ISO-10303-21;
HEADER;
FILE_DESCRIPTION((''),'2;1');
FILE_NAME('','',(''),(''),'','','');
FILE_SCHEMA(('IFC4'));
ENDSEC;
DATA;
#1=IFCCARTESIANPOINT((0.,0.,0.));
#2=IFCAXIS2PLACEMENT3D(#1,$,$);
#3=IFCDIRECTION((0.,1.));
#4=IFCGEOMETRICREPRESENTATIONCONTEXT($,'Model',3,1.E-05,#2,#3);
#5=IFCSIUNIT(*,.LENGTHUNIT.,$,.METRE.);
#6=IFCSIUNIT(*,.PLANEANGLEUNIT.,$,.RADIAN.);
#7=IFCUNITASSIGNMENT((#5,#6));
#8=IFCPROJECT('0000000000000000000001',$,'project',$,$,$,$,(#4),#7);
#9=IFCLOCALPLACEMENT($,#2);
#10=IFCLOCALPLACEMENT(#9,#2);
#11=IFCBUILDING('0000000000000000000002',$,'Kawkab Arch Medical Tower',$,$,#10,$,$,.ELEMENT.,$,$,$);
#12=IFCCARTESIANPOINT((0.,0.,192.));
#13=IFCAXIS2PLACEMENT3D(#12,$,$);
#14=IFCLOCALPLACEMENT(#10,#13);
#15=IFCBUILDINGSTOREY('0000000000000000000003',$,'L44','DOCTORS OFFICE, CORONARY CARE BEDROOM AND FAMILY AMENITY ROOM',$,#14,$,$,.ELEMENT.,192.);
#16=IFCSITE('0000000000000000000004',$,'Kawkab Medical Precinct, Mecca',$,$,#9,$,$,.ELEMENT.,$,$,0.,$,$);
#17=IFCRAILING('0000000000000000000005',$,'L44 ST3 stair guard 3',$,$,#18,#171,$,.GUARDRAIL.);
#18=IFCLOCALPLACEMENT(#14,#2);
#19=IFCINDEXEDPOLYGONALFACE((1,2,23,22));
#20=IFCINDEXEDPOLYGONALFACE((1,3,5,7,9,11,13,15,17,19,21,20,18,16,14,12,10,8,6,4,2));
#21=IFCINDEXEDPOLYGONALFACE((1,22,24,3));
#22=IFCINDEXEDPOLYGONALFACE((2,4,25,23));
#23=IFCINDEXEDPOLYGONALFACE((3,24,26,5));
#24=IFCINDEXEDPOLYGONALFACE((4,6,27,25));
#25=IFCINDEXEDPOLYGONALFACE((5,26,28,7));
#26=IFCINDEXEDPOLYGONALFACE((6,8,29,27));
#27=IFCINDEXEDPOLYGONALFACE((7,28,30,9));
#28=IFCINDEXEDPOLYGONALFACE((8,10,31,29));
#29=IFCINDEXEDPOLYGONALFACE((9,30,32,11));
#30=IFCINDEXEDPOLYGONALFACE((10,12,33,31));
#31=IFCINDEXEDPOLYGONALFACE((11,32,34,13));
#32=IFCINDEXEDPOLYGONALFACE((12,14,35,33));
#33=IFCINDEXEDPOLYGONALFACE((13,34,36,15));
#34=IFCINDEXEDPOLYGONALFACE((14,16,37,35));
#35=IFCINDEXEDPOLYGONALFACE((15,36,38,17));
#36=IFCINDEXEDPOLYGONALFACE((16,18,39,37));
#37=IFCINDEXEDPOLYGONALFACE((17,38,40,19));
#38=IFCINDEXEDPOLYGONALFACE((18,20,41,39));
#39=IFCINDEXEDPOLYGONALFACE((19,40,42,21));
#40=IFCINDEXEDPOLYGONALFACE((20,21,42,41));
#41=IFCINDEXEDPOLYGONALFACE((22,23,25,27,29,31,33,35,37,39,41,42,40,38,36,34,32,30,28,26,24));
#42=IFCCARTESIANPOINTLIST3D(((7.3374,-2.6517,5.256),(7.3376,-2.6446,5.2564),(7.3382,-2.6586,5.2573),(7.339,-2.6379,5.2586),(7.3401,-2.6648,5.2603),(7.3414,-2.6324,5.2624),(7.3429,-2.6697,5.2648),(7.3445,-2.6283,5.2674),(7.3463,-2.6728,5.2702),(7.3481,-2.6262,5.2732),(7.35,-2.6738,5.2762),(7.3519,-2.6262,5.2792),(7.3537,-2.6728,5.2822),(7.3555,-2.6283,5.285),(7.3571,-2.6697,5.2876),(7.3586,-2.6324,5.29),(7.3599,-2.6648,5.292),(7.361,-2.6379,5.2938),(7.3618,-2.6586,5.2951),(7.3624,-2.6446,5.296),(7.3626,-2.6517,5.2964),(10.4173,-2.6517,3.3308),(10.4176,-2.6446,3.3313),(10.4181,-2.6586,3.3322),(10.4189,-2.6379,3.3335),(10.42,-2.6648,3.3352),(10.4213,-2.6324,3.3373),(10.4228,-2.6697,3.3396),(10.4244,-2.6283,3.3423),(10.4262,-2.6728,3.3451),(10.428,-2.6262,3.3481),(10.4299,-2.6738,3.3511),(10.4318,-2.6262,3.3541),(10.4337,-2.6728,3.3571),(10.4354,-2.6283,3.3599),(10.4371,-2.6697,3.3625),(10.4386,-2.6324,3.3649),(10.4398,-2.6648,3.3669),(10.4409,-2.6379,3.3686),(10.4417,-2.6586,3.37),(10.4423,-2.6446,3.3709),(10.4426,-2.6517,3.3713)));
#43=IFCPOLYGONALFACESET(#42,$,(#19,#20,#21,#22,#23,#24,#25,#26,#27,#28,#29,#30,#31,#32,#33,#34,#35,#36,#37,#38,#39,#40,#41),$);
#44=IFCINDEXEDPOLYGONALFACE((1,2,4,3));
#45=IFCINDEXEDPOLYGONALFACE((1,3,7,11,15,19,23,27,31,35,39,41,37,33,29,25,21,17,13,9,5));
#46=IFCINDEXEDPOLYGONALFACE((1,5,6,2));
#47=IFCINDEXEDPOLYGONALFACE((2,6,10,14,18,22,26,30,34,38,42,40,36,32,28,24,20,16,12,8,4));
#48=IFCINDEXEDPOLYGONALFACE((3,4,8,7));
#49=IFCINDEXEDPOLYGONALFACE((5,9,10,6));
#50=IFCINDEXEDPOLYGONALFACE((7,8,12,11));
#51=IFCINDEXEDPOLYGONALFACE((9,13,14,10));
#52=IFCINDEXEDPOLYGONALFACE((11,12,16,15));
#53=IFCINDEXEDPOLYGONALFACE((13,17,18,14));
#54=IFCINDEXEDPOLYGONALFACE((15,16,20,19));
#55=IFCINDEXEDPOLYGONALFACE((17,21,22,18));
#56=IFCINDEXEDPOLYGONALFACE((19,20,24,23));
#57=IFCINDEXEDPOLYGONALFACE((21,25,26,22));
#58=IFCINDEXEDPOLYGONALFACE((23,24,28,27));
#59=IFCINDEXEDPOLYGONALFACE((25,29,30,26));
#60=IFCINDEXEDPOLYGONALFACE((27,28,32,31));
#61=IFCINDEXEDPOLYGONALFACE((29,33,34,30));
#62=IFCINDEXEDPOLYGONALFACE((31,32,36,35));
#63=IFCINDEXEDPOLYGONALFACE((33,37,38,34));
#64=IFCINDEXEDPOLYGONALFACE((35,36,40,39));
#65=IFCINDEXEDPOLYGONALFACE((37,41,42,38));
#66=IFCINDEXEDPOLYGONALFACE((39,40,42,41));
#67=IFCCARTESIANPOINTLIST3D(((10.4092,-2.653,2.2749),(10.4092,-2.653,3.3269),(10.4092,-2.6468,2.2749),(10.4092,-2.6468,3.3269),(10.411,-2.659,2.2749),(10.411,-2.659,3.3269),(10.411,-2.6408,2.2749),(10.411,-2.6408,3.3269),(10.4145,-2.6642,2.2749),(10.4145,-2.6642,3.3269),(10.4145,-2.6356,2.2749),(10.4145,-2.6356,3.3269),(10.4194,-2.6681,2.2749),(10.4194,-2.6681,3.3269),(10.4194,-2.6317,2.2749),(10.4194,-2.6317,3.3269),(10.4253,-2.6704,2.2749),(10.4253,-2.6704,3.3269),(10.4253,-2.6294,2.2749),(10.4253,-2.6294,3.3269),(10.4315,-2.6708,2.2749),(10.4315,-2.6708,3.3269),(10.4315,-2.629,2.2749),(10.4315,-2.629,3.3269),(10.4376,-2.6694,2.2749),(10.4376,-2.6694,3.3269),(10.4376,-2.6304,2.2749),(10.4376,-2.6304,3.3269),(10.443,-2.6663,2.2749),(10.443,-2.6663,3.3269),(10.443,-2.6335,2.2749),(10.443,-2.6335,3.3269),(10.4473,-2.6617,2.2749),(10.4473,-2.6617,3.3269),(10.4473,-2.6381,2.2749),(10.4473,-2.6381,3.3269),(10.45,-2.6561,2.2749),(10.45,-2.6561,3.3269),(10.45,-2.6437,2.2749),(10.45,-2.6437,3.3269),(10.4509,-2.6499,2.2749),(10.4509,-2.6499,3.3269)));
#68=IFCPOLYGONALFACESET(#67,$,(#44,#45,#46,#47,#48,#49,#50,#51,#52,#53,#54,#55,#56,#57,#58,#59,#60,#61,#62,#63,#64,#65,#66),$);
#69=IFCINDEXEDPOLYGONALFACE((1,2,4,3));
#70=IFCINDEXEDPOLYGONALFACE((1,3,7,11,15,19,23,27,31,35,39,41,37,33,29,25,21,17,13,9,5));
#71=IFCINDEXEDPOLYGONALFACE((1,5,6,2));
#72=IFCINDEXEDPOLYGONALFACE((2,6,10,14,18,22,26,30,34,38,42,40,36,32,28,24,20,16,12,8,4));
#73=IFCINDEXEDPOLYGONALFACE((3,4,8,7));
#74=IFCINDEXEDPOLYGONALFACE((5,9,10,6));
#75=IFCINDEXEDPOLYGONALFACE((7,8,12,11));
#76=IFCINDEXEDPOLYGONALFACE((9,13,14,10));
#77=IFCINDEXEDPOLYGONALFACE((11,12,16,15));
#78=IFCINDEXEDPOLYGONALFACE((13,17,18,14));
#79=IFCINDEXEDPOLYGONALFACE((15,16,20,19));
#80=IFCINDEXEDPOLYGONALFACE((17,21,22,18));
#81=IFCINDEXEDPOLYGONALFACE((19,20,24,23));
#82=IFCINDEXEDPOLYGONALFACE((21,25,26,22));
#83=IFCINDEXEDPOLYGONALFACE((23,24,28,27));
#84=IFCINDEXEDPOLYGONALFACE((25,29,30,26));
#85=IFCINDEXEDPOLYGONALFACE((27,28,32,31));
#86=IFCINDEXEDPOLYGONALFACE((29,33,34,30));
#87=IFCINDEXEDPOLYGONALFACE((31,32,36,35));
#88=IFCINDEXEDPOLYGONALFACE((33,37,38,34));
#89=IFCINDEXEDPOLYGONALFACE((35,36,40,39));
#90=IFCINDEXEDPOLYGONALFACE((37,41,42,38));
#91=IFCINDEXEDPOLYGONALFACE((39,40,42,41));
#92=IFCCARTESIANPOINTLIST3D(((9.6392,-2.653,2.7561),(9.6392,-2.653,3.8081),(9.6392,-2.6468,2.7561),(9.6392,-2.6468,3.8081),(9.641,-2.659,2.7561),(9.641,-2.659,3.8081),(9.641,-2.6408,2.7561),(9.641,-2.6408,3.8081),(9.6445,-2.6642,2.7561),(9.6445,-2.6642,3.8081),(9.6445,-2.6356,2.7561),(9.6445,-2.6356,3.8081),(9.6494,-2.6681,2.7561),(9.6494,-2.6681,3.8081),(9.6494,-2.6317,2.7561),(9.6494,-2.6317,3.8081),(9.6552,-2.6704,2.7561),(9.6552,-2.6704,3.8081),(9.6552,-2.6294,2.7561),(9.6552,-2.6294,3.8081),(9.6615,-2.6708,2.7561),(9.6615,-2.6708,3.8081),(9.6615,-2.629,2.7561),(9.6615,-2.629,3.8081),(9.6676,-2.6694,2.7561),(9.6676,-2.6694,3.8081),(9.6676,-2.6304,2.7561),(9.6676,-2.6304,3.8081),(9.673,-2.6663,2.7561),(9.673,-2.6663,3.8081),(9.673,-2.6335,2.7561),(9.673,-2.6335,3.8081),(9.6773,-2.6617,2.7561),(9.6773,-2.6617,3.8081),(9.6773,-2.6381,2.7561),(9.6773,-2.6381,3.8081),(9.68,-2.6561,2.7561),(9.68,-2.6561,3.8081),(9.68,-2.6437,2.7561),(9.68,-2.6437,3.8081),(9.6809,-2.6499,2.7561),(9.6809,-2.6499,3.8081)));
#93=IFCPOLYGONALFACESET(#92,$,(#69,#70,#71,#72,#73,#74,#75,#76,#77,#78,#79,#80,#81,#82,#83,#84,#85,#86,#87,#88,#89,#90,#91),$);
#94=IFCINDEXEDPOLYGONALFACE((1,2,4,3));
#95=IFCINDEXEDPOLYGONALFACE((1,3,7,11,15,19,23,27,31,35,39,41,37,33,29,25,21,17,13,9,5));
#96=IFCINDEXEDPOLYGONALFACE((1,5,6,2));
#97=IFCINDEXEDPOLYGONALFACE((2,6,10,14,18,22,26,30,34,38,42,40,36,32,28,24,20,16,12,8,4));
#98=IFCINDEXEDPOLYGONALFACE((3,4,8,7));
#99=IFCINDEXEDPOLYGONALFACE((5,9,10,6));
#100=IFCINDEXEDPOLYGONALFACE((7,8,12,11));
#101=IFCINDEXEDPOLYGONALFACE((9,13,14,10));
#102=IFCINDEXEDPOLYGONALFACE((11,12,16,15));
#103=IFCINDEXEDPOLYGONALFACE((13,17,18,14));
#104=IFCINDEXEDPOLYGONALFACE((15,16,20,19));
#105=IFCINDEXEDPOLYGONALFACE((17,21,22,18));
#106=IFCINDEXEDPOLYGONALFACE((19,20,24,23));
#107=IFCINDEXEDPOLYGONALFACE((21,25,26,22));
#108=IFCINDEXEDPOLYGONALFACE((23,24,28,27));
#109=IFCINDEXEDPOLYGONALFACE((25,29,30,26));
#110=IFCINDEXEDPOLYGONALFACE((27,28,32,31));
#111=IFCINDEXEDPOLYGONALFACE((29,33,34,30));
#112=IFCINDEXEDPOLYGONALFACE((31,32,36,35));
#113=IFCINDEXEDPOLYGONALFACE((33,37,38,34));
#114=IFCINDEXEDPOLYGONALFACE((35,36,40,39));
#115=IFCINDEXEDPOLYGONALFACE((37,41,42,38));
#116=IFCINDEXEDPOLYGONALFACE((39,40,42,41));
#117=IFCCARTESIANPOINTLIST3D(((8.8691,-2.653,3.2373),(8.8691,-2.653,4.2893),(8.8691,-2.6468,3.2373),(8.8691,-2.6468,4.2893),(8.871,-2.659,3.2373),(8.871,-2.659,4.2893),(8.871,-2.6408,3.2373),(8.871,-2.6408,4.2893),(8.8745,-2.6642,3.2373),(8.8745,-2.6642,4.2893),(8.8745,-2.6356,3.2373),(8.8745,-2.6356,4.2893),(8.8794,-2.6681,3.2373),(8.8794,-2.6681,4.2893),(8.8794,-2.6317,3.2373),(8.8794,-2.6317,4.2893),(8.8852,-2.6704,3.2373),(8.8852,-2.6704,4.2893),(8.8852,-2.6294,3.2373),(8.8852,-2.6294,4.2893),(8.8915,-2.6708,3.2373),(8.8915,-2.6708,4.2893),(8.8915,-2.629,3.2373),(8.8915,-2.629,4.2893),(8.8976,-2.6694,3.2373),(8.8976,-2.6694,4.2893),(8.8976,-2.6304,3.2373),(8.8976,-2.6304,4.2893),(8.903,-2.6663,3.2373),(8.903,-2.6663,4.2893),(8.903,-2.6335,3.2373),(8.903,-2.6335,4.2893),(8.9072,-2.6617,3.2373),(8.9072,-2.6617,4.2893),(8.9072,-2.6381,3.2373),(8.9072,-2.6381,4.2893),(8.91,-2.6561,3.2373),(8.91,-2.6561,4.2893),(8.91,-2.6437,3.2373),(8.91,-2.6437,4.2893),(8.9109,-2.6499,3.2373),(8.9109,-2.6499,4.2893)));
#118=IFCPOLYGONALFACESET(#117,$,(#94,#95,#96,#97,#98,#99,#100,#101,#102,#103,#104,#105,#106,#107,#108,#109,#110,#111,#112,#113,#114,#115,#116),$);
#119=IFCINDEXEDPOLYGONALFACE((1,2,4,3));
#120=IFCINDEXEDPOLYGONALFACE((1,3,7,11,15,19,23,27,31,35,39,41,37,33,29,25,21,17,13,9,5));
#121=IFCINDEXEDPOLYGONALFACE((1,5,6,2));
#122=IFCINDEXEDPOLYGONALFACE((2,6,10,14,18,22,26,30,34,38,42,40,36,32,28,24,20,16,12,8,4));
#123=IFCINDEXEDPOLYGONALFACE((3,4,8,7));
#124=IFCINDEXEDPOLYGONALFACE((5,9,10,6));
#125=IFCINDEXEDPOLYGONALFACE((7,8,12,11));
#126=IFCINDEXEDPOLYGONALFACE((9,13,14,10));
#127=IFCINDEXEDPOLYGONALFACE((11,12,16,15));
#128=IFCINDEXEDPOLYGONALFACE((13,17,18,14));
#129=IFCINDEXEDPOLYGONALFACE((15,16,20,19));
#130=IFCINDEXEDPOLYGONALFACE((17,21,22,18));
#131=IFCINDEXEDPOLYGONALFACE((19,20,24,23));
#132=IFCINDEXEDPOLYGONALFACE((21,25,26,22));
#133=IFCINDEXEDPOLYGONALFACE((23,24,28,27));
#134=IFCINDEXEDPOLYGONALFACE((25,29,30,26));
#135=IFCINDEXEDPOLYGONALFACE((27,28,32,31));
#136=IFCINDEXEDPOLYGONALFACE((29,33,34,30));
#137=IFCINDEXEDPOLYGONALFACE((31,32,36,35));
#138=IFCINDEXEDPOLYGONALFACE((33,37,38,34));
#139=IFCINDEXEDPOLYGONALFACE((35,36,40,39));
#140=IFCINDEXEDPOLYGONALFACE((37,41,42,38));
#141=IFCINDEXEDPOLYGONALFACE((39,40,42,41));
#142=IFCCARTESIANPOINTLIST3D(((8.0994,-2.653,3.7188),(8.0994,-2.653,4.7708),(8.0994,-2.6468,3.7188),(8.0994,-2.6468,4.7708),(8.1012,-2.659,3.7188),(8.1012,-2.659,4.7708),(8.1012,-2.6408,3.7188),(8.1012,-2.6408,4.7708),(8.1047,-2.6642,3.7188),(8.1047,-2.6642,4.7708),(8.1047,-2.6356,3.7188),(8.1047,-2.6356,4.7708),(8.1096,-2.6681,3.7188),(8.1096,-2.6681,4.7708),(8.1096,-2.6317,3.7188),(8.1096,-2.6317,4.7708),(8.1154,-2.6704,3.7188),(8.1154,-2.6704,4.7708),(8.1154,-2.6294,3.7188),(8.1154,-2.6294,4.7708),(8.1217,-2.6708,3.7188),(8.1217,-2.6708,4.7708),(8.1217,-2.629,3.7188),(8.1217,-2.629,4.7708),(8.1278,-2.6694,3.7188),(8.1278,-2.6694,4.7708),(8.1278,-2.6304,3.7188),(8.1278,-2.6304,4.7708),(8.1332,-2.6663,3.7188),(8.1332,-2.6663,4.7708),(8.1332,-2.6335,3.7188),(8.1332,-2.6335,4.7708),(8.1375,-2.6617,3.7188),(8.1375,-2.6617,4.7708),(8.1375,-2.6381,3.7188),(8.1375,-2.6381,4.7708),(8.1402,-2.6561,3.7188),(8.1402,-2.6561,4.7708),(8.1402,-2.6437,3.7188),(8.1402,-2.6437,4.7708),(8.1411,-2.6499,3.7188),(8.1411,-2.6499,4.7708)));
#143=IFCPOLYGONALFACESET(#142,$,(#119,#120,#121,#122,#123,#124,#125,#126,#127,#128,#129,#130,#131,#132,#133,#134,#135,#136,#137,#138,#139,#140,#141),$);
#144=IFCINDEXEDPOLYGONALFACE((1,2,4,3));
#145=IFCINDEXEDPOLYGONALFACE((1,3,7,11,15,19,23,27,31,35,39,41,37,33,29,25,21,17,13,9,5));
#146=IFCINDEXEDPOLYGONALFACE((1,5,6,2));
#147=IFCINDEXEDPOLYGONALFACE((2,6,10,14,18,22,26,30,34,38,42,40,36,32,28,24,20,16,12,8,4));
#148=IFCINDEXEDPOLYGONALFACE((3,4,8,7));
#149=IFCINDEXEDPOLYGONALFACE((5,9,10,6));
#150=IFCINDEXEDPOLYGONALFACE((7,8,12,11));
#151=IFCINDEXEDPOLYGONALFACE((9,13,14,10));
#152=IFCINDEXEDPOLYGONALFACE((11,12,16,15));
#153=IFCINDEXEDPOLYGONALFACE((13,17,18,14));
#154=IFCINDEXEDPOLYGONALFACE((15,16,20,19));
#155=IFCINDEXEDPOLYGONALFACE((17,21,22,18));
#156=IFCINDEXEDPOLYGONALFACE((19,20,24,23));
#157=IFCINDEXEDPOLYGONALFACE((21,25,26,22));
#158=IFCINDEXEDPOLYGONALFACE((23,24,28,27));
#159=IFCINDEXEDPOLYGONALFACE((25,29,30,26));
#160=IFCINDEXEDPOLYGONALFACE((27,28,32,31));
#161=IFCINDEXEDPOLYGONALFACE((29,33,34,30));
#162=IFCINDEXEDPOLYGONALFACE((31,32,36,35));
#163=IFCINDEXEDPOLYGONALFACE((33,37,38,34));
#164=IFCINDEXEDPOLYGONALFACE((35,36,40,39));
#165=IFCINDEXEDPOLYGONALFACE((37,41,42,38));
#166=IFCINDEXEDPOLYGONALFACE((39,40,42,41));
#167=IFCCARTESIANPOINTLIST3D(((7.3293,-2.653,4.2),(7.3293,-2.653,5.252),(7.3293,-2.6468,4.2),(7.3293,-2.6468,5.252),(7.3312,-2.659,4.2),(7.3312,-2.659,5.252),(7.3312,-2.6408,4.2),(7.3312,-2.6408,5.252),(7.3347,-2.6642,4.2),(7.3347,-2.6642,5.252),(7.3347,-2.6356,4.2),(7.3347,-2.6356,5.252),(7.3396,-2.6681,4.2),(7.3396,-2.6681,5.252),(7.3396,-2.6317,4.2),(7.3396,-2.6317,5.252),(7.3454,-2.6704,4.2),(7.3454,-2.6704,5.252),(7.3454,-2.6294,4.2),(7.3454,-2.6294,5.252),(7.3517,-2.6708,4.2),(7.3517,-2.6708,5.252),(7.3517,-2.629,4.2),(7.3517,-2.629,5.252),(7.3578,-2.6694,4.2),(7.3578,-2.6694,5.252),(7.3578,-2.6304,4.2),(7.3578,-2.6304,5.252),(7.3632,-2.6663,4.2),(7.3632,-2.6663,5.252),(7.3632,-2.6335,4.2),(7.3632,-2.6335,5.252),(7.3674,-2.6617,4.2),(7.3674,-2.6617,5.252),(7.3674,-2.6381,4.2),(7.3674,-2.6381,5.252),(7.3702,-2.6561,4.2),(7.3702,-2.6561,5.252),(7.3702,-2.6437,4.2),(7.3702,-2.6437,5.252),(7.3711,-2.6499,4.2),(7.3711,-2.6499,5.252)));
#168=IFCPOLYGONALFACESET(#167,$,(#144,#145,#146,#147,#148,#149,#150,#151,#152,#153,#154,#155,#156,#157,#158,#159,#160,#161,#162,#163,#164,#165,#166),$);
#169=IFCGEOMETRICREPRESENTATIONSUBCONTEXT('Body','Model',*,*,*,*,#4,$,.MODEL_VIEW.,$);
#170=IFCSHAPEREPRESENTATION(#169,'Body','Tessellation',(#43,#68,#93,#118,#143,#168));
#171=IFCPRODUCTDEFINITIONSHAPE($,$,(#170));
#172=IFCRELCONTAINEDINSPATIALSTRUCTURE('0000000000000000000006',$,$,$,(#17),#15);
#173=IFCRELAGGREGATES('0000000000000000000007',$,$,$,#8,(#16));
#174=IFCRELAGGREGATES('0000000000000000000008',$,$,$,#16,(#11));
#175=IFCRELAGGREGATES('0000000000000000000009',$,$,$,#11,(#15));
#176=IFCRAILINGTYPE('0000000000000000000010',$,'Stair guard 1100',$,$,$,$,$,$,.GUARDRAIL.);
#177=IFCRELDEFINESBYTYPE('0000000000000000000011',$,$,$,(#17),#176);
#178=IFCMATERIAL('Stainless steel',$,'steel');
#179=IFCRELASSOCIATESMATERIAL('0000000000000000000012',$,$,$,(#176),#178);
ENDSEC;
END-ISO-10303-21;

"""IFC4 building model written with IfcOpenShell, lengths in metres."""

from ifc_helpers import new_model, si_unit, direction, frame, origin, origin_2d, place, context, subcontext, project, spatial, circle, extrude, material, type_object, element, save


model = new_model("IFC4")

# Units and contexts
model_context = context("Model", 3, precision=1e-05, world=origin(), true_north=direction((0.0, 1.0)))
body_context = subcontext(model_context, "Body", "Model", "MODEL_VIEW")
ifc_project = project(units=[si_unit("LENGTHUNIT", "METRE"), si_unit("PLANEANGLEUNIT", "RADIAN")], contexts=[model_context])

# Site, building, storey
site_placement = place(None, origin())
site = spatial("IfcSite", under=ifc_project, at=site_placement, Name="Kawkab Medical Precinct, Mecca", CompositionType="ELEMENT", RefElevation=0.0)
building_placement = place(site_placement, origin())
building = spatial("IfcBuilding", under=site, at=building_placement, Name="Kawkab Arch Medical Tower", CompositionType="ELEMENT")
storey_placement = place(building_placement, frame((0.0, 0.0, 192.0)))
storey = spatial("IfcBuildingStorey", under=building, at=storey_placement, Name="L44", Description="DOCTORS OFFICE, CORONARY CARE BEDROOM AND FAMILY AMENITY ROOM", CompositionType="ELEMENT", Elevation=192.0)

# Railing
ifc_material_1 = material(Name="Stainless steel", Category="steel")
railing_type_1 = type_object("IfcRailingType", Name="Stair guard 1100", PredefinedType="GUARDRAIL", material=ifc_material_1)
railing_1_placement = place(storey_placement, frame((10.4299, -2.6499, 2.2749)))
element("IfcRailing", 1, at=railing_1_placement, inside=storey, type_object=railing_type_1, Name="L44 ST3 stair guard 3", PredefinedType="GUARDRAIL", context=body_context, shape_type="SweptSolid", body=[
    extrude(circle(Radius=0.0239, at=origin_2d()), frame((0.0, 0.0, 1.0762), z_axis=(-0.847979, 0.0, 0.530029), x_axis=(0.0, -1.0, 0.0)), (0.0, 0.0, 1.0), 3.6321),
    extrude(circle(Radius=0.021, at=origin_2d()), origin(), (0.0, 0.0, 1.0), 1.052),
    extrude(circle(Radius=0.021, at=origin_2d()), frame((-0.77, 0.0, 0.4812)), (0.0, 0.0, 1.0), 1.052),
    extrude(circle(Radius=0.021, at=origin_2d()), frame((-1.54, 0.0, 0.9624)), (0.0, 0.0, 1.0), 1.052),
    extrude(circle(Radius=0.021, at=origin_2d()), frame((-2.3098, 0.0, 1.4438)), (0.0, 0.0, 1.0), 1.052),
    extrude(circle(Radius=0.021, at=origin_2d()), frame((-3.0798, 0.0, 1.925)), (0.0, 0.0, 1.0), 1.052),
])

save(model, "model.ifc")
